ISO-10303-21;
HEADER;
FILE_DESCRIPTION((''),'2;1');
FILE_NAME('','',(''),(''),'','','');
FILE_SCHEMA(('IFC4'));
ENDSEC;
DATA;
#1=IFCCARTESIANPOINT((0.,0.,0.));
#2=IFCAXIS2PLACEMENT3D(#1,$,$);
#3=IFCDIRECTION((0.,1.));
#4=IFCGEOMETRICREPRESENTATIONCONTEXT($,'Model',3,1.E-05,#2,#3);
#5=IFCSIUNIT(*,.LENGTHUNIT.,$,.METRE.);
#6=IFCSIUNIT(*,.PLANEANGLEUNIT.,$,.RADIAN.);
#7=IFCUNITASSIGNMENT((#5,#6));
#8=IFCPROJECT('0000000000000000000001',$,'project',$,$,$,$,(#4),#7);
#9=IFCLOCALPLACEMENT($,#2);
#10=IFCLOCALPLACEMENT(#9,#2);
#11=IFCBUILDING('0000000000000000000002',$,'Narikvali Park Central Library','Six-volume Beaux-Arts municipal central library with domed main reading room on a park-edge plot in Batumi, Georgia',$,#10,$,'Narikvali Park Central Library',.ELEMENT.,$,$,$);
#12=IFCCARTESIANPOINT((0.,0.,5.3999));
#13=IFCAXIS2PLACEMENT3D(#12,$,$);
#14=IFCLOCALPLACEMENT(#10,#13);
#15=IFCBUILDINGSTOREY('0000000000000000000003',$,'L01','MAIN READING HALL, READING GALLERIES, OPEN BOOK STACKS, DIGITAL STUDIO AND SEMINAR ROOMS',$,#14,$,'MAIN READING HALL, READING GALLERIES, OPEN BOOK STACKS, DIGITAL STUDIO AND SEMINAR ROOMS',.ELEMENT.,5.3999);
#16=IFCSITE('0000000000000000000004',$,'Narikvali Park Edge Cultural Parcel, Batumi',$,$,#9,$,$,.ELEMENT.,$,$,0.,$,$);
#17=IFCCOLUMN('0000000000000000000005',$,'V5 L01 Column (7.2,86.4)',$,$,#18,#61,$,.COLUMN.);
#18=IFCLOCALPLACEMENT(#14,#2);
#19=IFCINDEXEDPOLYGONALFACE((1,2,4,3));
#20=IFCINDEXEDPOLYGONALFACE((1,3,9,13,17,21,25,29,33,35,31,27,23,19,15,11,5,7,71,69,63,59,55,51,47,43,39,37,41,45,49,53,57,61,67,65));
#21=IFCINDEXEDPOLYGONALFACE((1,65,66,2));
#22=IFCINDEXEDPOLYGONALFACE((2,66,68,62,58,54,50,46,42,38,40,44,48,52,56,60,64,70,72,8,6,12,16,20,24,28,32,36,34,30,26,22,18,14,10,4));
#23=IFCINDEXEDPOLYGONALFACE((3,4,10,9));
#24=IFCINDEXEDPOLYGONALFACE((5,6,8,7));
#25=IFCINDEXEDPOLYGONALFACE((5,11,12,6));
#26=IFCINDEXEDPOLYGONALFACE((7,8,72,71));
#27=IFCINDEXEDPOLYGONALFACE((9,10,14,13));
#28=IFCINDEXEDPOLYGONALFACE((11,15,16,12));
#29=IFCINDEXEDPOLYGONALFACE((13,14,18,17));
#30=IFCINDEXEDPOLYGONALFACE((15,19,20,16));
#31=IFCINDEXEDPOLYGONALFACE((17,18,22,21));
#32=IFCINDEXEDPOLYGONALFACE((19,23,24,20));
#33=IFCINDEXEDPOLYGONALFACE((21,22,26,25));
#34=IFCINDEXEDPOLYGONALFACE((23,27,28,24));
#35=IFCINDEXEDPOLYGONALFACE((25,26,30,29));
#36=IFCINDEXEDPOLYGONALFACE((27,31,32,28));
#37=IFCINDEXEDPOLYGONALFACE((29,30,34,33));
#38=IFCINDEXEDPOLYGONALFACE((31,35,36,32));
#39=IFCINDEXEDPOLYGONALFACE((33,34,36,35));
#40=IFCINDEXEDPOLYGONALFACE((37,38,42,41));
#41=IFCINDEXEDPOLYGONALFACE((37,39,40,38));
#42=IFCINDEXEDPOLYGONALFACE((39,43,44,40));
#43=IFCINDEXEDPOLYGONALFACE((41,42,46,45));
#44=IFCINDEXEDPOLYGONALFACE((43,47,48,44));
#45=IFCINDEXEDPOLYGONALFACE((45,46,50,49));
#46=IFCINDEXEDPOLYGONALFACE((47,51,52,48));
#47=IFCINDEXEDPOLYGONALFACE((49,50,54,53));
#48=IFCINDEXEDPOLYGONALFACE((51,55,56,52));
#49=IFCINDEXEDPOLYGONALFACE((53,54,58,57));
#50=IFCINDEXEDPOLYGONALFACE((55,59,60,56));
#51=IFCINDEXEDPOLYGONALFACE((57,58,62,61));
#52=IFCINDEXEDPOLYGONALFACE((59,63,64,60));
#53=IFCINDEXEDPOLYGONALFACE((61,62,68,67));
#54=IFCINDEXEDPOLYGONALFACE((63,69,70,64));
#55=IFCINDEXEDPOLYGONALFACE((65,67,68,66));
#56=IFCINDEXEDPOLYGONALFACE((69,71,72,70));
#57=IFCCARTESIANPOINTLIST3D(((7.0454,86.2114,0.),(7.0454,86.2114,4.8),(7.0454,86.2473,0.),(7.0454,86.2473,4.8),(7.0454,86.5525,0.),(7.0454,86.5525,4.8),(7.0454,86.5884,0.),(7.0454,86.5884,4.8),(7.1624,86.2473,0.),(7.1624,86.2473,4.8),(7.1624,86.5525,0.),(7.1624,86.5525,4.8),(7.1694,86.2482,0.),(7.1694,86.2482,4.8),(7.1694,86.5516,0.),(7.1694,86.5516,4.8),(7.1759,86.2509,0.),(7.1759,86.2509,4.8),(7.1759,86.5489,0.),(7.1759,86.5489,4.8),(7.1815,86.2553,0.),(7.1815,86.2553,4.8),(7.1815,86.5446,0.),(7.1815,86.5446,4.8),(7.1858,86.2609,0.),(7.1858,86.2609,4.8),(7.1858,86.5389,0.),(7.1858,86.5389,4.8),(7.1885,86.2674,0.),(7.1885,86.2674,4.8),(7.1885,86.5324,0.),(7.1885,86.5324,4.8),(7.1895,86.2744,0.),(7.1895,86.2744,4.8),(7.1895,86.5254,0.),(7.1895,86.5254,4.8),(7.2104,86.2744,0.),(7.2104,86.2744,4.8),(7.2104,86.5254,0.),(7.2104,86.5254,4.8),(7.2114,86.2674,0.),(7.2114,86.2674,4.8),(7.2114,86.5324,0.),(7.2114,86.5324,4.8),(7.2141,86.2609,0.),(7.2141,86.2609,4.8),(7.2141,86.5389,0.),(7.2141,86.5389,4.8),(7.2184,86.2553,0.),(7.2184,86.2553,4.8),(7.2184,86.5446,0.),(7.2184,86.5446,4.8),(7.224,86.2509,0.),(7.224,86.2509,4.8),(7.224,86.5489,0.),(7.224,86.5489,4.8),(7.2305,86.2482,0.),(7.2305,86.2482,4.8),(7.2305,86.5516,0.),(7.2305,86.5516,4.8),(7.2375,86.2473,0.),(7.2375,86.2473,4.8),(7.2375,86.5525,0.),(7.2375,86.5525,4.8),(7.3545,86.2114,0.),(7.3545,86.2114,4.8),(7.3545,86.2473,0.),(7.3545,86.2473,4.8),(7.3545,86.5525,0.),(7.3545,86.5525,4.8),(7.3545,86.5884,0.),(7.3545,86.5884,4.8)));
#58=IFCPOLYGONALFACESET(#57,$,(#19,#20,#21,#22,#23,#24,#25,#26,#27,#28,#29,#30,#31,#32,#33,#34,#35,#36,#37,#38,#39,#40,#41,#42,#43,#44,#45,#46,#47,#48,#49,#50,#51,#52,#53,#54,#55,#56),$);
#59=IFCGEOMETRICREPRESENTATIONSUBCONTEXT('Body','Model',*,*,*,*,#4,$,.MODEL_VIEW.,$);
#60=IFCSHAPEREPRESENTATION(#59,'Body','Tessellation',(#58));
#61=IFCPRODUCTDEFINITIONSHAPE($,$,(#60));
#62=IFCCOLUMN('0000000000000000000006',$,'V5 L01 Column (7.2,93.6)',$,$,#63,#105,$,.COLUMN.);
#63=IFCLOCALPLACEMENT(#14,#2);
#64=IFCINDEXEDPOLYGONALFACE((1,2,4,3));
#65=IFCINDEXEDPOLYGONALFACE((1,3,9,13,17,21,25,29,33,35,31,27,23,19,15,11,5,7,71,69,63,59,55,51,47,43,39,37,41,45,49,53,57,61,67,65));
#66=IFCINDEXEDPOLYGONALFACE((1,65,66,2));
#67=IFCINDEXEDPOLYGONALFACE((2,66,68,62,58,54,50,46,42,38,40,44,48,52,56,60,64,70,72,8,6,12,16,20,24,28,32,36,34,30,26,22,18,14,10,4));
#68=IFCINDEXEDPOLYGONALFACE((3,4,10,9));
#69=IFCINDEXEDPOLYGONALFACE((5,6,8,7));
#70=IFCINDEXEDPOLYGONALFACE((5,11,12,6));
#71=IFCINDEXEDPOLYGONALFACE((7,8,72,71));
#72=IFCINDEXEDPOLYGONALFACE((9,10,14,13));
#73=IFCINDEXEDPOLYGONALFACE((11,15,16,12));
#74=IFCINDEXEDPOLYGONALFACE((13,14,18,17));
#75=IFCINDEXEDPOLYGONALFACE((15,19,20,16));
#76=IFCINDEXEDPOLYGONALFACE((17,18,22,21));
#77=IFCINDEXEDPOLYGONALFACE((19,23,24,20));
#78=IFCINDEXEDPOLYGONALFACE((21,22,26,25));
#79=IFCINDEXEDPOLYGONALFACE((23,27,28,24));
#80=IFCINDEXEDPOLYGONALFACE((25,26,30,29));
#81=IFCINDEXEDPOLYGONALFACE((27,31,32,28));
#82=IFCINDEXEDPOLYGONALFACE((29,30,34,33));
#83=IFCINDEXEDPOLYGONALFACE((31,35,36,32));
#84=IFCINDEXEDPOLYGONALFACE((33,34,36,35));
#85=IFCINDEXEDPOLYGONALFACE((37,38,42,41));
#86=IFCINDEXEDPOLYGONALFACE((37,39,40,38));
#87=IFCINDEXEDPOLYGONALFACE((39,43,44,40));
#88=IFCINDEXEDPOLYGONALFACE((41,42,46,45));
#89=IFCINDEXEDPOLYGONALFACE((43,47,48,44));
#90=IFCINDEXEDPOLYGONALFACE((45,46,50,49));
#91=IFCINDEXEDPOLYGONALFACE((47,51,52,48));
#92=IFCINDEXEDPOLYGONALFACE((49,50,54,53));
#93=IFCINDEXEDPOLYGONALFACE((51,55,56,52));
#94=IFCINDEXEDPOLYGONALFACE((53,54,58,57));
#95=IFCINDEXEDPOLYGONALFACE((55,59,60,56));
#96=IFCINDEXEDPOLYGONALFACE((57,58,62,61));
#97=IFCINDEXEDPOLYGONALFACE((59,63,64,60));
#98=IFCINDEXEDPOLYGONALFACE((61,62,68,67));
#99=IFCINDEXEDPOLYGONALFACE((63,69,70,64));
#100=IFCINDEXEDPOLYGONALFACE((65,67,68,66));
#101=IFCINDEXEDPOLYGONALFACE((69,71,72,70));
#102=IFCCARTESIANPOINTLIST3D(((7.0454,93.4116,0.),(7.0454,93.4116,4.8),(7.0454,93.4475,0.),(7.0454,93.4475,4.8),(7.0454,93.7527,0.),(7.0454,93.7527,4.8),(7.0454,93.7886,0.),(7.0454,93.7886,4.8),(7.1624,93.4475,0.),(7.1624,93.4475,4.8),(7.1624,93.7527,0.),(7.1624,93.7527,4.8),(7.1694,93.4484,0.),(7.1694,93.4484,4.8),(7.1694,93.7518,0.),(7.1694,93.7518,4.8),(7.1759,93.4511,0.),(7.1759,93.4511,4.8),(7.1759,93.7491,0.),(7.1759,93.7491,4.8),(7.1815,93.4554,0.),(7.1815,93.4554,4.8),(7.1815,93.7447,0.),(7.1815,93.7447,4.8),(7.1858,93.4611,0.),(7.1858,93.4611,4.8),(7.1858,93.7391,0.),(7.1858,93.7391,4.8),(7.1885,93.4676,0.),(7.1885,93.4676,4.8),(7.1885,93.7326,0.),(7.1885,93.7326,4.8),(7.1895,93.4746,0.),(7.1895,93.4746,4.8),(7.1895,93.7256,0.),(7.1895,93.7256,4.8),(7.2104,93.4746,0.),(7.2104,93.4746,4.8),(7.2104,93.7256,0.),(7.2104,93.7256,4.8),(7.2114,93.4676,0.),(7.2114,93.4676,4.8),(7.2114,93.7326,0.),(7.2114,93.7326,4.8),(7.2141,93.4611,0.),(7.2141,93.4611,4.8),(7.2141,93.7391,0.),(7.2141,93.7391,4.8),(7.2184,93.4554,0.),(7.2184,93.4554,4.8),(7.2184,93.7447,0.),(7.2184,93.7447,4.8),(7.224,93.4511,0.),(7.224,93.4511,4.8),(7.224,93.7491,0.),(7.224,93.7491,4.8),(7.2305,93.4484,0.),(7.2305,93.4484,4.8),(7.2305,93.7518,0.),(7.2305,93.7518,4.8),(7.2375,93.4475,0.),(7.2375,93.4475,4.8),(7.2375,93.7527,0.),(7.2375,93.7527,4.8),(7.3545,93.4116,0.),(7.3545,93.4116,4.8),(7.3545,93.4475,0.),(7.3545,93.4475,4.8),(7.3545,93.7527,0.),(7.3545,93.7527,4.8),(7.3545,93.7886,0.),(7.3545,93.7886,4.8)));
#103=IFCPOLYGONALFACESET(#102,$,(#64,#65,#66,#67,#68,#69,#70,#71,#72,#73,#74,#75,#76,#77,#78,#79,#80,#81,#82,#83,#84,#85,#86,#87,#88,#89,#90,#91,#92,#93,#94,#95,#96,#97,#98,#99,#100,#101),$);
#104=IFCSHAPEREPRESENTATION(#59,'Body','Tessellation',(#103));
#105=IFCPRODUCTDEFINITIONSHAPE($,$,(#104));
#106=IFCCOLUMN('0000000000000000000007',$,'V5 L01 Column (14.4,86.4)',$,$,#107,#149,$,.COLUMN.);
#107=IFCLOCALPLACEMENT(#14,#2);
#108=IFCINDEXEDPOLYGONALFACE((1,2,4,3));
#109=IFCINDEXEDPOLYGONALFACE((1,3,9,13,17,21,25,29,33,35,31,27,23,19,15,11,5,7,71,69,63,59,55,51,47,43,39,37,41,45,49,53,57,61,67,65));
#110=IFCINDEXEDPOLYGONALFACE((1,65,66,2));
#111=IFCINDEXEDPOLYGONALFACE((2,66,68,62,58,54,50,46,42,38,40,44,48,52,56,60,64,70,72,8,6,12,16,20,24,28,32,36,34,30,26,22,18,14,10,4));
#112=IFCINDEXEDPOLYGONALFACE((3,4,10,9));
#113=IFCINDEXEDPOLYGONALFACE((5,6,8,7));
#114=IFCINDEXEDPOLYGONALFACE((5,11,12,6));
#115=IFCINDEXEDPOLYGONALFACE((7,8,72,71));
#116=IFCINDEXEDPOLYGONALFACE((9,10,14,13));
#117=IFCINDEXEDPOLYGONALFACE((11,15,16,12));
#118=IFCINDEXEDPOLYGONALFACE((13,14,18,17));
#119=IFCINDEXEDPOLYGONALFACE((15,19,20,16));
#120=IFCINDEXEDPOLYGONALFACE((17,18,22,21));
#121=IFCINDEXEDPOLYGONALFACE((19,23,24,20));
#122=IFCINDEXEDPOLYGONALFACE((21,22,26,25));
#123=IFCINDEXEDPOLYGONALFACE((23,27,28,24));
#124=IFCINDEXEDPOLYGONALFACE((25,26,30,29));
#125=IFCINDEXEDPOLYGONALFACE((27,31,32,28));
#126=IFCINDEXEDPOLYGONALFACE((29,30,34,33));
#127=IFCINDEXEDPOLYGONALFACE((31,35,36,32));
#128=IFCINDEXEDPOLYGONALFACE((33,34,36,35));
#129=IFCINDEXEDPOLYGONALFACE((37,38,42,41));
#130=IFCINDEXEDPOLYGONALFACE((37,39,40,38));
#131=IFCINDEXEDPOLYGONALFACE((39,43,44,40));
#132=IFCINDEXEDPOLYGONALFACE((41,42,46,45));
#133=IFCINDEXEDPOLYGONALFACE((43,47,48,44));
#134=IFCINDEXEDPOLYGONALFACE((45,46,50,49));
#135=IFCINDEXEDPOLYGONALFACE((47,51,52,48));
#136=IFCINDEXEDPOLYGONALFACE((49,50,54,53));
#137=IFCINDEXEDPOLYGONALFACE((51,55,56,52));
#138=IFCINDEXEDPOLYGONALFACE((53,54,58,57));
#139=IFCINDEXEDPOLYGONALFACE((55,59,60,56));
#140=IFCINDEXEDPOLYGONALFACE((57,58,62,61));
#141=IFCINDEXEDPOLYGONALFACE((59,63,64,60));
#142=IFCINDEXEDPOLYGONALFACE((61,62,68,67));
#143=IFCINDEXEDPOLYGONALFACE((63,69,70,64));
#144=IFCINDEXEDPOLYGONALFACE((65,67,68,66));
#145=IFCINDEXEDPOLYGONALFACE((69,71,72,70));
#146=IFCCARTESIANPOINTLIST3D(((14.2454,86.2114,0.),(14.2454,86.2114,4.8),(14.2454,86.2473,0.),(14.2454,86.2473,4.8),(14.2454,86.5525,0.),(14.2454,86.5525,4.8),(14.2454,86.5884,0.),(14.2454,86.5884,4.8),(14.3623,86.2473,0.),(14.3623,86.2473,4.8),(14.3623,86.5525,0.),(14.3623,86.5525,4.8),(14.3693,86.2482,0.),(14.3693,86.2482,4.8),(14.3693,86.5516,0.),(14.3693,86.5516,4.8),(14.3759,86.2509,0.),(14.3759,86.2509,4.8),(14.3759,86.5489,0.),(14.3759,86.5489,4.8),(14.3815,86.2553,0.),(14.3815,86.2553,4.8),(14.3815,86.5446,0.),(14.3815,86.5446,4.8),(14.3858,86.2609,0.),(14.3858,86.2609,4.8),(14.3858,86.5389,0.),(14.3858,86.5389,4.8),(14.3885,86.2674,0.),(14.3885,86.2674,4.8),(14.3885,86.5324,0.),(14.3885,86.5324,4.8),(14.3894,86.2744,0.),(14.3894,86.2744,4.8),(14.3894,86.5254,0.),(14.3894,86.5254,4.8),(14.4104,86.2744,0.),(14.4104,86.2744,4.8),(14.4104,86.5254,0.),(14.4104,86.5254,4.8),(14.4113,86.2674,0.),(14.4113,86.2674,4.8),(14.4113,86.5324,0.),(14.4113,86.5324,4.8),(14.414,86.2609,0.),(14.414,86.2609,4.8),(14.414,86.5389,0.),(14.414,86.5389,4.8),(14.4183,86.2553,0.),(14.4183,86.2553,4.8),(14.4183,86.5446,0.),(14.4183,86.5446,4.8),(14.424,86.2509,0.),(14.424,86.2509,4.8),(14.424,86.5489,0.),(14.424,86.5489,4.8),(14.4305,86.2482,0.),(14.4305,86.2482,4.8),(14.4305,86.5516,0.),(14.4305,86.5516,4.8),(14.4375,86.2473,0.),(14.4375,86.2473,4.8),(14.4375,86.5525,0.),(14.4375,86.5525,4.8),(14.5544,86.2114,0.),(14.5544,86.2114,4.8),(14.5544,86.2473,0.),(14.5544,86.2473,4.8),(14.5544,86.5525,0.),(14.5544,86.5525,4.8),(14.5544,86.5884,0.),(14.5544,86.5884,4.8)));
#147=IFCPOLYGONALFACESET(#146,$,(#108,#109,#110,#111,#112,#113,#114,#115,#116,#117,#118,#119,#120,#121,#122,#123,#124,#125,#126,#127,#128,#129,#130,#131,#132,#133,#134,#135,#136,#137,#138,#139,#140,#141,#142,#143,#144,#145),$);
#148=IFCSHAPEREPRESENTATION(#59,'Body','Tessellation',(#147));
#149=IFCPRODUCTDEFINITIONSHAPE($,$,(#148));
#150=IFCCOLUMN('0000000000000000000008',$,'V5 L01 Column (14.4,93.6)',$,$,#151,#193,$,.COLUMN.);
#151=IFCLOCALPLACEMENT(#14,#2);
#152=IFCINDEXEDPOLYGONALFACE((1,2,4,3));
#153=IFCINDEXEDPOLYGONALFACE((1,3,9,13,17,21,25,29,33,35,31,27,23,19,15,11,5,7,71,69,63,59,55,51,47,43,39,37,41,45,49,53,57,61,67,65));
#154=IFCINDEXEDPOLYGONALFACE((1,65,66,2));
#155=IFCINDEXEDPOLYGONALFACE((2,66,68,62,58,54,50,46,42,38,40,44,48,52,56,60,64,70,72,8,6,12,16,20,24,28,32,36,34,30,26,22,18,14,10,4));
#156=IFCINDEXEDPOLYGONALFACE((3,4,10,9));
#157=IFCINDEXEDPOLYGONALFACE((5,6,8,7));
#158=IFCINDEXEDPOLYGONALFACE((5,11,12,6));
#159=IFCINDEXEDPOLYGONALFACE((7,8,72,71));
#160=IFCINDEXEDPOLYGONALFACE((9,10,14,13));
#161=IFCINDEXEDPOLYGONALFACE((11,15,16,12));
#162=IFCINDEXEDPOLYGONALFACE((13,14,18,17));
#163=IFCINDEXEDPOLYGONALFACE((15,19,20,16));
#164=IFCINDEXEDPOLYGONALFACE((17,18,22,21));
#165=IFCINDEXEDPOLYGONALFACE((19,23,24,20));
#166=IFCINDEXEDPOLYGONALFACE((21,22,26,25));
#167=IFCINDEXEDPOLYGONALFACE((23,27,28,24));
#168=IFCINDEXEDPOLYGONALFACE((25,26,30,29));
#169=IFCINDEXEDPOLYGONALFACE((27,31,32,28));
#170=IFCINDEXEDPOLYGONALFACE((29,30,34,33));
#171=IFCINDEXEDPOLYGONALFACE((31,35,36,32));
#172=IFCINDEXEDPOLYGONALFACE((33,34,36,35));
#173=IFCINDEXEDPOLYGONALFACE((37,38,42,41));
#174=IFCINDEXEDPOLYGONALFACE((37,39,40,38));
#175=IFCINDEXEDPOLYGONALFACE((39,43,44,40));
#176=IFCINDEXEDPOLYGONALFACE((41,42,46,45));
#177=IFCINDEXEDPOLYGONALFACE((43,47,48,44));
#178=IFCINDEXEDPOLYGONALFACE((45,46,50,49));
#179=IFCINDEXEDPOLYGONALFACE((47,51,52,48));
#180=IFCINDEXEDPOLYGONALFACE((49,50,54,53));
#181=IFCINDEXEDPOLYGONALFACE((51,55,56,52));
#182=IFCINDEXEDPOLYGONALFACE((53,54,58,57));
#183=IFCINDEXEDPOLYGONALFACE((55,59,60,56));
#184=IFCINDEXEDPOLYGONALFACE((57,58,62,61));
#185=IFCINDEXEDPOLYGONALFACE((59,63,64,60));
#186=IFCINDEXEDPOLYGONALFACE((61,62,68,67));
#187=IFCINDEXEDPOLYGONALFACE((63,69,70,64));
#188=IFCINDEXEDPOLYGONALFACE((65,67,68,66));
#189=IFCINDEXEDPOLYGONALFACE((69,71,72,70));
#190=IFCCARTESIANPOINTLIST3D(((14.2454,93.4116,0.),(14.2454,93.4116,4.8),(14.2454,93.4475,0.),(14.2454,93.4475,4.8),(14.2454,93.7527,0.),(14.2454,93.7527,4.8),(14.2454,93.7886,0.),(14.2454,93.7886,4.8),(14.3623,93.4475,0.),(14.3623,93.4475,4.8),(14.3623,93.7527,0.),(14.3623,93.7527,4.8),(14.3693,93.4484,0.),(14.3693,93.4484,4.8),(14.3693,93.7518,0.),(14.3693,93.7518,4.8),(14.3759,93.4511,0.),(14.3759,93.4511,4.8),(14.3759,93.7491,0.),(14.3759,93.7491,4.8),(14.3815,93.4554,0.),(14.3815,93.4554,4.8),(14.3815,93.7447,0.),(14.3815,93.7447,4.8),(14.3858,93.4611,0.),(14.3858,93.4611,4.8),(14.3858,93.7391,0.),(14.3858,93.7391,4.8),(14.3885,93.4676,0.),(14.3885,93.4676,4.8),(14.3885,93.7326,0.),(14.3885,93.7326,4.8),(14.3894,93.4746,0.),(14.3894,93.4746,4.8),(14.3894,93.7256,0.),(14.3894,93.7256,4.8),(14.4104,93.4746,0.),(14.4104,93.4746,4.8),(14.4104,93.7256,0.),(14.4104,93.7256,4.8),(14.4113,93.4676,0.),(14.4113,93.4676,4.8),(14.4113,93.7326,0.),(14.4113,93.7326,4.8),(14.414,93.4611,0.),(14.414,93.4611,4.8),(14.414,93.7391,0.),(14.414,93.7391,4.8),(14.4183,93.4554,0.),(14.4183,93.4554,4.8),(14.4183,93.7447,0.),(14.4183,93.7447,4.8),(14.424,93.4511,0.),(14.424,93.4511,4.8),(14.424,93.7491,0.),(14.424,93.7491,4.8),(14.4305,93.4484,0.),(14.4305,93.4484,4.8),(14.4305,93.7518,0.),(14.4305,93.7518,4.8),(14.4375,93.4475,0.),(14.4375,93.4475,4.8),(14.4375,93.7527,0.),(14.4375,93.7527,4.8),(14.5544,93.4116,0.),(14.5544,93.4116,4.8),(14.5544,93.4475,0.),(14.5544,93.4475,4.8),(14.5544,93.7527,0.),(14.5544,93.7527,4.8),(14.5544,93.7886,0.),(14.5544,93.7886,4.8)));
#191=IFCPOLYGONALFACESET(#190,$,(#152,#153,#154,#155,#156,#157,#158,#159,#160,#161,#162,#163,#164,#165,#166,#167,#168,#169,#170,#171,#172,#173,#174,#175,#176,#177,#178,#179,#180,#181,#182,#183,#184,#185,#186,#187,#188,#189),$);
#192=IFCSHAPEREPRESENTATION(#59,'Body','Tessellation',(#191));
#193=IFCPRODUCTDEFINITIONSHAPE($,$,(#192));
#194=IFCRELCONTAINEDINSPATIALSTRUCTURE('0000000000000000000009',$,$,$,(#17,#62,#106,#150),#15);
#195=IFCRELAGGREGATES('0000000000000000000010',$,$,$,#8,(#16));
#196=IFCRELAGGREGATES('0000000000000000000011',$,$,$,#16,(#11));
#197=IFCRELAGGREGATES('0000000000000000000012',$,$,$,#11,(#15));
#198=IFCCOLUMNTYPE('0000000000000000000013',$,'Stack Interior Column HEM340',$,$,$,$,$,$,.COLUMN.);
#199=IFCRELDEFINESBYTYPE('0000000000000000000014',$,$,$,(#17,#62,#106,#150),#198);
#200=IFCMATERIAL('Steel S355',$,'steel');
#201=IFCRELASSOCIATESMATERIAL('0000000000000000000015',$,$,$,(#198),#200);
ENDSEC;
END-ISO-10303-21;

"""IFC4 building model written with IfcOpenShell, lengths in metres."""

from ifc_helpers import new_model, si_unit, direction, frame, origin, origin_2d, place, context, subcontext, project, spatial, i_section, extrude, material, material_profile, profile_set, type_object, element, save


model = new_model("IFC4")

# Units and contexts
model_context = context("Model", 3, precision=1e-05, world=origin(), true_north=direction((0.0, 1.0)))
body_context = subcontext(model_context, "Body", "Model", "MODEL_VIEW")
ifc_project = project(units=[si_unit("LENGTHUNIT", "METRE"), si_unit("PLANEANGLEUNIT", "RADIAN")], contexts=[model_context])

# Site, building, storey
site_placement = place(None, origin())
site = spatial("IfcSite", under=ifc_project, at=site_placement, Name="Narikvali Park Edge Cultural Parcel, Batumi", CompositionType="ELEMENT", RefElevation=0.0)
building_placement = place(site_placement, origin())
building = spatial("IfcBuilding", under=site, at=building_placement, Name="Narikvali Park Central Library", Description="Six-volume Beaux-Arts municipal central library with domed main reading room on a park-edge plot in Batumi, Georgia", LongName="Narikvali Park Central Library", CompositionType="ELEMENT")
storey_placement = place(building_placement, frame((0.0, 0.0, 5.3999)))
storey = spatial("IfcBuildingStorey", under=building, at=storey_placement, Name="L01", Description="MAIN READING HALL, READING GALLERIES, OPEN BOOK STACKS, DIGITAL STUDIO AND SEMINAR ROOMS", LongName="MAIN READING HALL, READING GALLERIES, OPEN BOOK STACKS, DIGITAL STUDIO AND SEMINAR ROOMS", CompositionType="ELEMENT", Elevation=5.3999)

# Columns
ifc_material_1 = material(Name="Steel S355", Category="steel")
ifc_material_profile_1 = material_profile(ifc_material_1, i_section(OverallWidth=0.3091, OverallDepth=0.377, WebThickness=0.021, FlangeThickness=0.0359, FilletRadius=0.0271, at=origin_2d()), Name="HEM 340")
ifc_profile_set_1 = profile_set([ifc_material_profile_1], Name="Steel S355")
column_type_1 = type_object("IfcColumnType", Name="Stack Interior Column HEM340", PredefinedType="COLUMN", material=ifc_profile_set_1)
for number, where, z_axis, x_axis, name in (
    (1, (7.2, 86.3999, 0.0), (0.0, 0.0, 1.0), (1.0, 0.0, 0.0), "V5 L01 Column (7.2,86.4)"),
    (2, (7.2, 93.6001, 0.0), (0.0, 0.0, 1.0), (1.0, 0.0, 0.0), "V5 L01 Column (7.2,93.6)"),
    (3, (14.3999, 86.3999, 0.0), (0.0, 0.0, 1.0), (1.0, 0.0, 0.0), "V5 L01 Column (14.4,86.4)"),
    (4, (14.3999, 93.6001, 0.0), (0.0, 0.0, 1.0), (1.0, 0.0, 0.0), "V5 L01 Column (14.4,93.6)"),
):
    element("IfcColumn", number, at=place(storey_placement, frame(where, z_axis=z_axis, x_axis=x_axis)), inside=storey, type_object=column_type_1, Name=name, PredefinedType="COLUMN", context=body_context, shape_type="SweptSolid", body=[
        extrude(i_section(OverallWidth=0.3091, OverallDepth=0.377, WebThickness=0.021, FlangeThickness=0.0359, FilletRadius=0.0271, at=origin_2d()), origin(), (0.0, 0.0, 1.0), 4.8),
    ])

save(model, "model.ifc")
